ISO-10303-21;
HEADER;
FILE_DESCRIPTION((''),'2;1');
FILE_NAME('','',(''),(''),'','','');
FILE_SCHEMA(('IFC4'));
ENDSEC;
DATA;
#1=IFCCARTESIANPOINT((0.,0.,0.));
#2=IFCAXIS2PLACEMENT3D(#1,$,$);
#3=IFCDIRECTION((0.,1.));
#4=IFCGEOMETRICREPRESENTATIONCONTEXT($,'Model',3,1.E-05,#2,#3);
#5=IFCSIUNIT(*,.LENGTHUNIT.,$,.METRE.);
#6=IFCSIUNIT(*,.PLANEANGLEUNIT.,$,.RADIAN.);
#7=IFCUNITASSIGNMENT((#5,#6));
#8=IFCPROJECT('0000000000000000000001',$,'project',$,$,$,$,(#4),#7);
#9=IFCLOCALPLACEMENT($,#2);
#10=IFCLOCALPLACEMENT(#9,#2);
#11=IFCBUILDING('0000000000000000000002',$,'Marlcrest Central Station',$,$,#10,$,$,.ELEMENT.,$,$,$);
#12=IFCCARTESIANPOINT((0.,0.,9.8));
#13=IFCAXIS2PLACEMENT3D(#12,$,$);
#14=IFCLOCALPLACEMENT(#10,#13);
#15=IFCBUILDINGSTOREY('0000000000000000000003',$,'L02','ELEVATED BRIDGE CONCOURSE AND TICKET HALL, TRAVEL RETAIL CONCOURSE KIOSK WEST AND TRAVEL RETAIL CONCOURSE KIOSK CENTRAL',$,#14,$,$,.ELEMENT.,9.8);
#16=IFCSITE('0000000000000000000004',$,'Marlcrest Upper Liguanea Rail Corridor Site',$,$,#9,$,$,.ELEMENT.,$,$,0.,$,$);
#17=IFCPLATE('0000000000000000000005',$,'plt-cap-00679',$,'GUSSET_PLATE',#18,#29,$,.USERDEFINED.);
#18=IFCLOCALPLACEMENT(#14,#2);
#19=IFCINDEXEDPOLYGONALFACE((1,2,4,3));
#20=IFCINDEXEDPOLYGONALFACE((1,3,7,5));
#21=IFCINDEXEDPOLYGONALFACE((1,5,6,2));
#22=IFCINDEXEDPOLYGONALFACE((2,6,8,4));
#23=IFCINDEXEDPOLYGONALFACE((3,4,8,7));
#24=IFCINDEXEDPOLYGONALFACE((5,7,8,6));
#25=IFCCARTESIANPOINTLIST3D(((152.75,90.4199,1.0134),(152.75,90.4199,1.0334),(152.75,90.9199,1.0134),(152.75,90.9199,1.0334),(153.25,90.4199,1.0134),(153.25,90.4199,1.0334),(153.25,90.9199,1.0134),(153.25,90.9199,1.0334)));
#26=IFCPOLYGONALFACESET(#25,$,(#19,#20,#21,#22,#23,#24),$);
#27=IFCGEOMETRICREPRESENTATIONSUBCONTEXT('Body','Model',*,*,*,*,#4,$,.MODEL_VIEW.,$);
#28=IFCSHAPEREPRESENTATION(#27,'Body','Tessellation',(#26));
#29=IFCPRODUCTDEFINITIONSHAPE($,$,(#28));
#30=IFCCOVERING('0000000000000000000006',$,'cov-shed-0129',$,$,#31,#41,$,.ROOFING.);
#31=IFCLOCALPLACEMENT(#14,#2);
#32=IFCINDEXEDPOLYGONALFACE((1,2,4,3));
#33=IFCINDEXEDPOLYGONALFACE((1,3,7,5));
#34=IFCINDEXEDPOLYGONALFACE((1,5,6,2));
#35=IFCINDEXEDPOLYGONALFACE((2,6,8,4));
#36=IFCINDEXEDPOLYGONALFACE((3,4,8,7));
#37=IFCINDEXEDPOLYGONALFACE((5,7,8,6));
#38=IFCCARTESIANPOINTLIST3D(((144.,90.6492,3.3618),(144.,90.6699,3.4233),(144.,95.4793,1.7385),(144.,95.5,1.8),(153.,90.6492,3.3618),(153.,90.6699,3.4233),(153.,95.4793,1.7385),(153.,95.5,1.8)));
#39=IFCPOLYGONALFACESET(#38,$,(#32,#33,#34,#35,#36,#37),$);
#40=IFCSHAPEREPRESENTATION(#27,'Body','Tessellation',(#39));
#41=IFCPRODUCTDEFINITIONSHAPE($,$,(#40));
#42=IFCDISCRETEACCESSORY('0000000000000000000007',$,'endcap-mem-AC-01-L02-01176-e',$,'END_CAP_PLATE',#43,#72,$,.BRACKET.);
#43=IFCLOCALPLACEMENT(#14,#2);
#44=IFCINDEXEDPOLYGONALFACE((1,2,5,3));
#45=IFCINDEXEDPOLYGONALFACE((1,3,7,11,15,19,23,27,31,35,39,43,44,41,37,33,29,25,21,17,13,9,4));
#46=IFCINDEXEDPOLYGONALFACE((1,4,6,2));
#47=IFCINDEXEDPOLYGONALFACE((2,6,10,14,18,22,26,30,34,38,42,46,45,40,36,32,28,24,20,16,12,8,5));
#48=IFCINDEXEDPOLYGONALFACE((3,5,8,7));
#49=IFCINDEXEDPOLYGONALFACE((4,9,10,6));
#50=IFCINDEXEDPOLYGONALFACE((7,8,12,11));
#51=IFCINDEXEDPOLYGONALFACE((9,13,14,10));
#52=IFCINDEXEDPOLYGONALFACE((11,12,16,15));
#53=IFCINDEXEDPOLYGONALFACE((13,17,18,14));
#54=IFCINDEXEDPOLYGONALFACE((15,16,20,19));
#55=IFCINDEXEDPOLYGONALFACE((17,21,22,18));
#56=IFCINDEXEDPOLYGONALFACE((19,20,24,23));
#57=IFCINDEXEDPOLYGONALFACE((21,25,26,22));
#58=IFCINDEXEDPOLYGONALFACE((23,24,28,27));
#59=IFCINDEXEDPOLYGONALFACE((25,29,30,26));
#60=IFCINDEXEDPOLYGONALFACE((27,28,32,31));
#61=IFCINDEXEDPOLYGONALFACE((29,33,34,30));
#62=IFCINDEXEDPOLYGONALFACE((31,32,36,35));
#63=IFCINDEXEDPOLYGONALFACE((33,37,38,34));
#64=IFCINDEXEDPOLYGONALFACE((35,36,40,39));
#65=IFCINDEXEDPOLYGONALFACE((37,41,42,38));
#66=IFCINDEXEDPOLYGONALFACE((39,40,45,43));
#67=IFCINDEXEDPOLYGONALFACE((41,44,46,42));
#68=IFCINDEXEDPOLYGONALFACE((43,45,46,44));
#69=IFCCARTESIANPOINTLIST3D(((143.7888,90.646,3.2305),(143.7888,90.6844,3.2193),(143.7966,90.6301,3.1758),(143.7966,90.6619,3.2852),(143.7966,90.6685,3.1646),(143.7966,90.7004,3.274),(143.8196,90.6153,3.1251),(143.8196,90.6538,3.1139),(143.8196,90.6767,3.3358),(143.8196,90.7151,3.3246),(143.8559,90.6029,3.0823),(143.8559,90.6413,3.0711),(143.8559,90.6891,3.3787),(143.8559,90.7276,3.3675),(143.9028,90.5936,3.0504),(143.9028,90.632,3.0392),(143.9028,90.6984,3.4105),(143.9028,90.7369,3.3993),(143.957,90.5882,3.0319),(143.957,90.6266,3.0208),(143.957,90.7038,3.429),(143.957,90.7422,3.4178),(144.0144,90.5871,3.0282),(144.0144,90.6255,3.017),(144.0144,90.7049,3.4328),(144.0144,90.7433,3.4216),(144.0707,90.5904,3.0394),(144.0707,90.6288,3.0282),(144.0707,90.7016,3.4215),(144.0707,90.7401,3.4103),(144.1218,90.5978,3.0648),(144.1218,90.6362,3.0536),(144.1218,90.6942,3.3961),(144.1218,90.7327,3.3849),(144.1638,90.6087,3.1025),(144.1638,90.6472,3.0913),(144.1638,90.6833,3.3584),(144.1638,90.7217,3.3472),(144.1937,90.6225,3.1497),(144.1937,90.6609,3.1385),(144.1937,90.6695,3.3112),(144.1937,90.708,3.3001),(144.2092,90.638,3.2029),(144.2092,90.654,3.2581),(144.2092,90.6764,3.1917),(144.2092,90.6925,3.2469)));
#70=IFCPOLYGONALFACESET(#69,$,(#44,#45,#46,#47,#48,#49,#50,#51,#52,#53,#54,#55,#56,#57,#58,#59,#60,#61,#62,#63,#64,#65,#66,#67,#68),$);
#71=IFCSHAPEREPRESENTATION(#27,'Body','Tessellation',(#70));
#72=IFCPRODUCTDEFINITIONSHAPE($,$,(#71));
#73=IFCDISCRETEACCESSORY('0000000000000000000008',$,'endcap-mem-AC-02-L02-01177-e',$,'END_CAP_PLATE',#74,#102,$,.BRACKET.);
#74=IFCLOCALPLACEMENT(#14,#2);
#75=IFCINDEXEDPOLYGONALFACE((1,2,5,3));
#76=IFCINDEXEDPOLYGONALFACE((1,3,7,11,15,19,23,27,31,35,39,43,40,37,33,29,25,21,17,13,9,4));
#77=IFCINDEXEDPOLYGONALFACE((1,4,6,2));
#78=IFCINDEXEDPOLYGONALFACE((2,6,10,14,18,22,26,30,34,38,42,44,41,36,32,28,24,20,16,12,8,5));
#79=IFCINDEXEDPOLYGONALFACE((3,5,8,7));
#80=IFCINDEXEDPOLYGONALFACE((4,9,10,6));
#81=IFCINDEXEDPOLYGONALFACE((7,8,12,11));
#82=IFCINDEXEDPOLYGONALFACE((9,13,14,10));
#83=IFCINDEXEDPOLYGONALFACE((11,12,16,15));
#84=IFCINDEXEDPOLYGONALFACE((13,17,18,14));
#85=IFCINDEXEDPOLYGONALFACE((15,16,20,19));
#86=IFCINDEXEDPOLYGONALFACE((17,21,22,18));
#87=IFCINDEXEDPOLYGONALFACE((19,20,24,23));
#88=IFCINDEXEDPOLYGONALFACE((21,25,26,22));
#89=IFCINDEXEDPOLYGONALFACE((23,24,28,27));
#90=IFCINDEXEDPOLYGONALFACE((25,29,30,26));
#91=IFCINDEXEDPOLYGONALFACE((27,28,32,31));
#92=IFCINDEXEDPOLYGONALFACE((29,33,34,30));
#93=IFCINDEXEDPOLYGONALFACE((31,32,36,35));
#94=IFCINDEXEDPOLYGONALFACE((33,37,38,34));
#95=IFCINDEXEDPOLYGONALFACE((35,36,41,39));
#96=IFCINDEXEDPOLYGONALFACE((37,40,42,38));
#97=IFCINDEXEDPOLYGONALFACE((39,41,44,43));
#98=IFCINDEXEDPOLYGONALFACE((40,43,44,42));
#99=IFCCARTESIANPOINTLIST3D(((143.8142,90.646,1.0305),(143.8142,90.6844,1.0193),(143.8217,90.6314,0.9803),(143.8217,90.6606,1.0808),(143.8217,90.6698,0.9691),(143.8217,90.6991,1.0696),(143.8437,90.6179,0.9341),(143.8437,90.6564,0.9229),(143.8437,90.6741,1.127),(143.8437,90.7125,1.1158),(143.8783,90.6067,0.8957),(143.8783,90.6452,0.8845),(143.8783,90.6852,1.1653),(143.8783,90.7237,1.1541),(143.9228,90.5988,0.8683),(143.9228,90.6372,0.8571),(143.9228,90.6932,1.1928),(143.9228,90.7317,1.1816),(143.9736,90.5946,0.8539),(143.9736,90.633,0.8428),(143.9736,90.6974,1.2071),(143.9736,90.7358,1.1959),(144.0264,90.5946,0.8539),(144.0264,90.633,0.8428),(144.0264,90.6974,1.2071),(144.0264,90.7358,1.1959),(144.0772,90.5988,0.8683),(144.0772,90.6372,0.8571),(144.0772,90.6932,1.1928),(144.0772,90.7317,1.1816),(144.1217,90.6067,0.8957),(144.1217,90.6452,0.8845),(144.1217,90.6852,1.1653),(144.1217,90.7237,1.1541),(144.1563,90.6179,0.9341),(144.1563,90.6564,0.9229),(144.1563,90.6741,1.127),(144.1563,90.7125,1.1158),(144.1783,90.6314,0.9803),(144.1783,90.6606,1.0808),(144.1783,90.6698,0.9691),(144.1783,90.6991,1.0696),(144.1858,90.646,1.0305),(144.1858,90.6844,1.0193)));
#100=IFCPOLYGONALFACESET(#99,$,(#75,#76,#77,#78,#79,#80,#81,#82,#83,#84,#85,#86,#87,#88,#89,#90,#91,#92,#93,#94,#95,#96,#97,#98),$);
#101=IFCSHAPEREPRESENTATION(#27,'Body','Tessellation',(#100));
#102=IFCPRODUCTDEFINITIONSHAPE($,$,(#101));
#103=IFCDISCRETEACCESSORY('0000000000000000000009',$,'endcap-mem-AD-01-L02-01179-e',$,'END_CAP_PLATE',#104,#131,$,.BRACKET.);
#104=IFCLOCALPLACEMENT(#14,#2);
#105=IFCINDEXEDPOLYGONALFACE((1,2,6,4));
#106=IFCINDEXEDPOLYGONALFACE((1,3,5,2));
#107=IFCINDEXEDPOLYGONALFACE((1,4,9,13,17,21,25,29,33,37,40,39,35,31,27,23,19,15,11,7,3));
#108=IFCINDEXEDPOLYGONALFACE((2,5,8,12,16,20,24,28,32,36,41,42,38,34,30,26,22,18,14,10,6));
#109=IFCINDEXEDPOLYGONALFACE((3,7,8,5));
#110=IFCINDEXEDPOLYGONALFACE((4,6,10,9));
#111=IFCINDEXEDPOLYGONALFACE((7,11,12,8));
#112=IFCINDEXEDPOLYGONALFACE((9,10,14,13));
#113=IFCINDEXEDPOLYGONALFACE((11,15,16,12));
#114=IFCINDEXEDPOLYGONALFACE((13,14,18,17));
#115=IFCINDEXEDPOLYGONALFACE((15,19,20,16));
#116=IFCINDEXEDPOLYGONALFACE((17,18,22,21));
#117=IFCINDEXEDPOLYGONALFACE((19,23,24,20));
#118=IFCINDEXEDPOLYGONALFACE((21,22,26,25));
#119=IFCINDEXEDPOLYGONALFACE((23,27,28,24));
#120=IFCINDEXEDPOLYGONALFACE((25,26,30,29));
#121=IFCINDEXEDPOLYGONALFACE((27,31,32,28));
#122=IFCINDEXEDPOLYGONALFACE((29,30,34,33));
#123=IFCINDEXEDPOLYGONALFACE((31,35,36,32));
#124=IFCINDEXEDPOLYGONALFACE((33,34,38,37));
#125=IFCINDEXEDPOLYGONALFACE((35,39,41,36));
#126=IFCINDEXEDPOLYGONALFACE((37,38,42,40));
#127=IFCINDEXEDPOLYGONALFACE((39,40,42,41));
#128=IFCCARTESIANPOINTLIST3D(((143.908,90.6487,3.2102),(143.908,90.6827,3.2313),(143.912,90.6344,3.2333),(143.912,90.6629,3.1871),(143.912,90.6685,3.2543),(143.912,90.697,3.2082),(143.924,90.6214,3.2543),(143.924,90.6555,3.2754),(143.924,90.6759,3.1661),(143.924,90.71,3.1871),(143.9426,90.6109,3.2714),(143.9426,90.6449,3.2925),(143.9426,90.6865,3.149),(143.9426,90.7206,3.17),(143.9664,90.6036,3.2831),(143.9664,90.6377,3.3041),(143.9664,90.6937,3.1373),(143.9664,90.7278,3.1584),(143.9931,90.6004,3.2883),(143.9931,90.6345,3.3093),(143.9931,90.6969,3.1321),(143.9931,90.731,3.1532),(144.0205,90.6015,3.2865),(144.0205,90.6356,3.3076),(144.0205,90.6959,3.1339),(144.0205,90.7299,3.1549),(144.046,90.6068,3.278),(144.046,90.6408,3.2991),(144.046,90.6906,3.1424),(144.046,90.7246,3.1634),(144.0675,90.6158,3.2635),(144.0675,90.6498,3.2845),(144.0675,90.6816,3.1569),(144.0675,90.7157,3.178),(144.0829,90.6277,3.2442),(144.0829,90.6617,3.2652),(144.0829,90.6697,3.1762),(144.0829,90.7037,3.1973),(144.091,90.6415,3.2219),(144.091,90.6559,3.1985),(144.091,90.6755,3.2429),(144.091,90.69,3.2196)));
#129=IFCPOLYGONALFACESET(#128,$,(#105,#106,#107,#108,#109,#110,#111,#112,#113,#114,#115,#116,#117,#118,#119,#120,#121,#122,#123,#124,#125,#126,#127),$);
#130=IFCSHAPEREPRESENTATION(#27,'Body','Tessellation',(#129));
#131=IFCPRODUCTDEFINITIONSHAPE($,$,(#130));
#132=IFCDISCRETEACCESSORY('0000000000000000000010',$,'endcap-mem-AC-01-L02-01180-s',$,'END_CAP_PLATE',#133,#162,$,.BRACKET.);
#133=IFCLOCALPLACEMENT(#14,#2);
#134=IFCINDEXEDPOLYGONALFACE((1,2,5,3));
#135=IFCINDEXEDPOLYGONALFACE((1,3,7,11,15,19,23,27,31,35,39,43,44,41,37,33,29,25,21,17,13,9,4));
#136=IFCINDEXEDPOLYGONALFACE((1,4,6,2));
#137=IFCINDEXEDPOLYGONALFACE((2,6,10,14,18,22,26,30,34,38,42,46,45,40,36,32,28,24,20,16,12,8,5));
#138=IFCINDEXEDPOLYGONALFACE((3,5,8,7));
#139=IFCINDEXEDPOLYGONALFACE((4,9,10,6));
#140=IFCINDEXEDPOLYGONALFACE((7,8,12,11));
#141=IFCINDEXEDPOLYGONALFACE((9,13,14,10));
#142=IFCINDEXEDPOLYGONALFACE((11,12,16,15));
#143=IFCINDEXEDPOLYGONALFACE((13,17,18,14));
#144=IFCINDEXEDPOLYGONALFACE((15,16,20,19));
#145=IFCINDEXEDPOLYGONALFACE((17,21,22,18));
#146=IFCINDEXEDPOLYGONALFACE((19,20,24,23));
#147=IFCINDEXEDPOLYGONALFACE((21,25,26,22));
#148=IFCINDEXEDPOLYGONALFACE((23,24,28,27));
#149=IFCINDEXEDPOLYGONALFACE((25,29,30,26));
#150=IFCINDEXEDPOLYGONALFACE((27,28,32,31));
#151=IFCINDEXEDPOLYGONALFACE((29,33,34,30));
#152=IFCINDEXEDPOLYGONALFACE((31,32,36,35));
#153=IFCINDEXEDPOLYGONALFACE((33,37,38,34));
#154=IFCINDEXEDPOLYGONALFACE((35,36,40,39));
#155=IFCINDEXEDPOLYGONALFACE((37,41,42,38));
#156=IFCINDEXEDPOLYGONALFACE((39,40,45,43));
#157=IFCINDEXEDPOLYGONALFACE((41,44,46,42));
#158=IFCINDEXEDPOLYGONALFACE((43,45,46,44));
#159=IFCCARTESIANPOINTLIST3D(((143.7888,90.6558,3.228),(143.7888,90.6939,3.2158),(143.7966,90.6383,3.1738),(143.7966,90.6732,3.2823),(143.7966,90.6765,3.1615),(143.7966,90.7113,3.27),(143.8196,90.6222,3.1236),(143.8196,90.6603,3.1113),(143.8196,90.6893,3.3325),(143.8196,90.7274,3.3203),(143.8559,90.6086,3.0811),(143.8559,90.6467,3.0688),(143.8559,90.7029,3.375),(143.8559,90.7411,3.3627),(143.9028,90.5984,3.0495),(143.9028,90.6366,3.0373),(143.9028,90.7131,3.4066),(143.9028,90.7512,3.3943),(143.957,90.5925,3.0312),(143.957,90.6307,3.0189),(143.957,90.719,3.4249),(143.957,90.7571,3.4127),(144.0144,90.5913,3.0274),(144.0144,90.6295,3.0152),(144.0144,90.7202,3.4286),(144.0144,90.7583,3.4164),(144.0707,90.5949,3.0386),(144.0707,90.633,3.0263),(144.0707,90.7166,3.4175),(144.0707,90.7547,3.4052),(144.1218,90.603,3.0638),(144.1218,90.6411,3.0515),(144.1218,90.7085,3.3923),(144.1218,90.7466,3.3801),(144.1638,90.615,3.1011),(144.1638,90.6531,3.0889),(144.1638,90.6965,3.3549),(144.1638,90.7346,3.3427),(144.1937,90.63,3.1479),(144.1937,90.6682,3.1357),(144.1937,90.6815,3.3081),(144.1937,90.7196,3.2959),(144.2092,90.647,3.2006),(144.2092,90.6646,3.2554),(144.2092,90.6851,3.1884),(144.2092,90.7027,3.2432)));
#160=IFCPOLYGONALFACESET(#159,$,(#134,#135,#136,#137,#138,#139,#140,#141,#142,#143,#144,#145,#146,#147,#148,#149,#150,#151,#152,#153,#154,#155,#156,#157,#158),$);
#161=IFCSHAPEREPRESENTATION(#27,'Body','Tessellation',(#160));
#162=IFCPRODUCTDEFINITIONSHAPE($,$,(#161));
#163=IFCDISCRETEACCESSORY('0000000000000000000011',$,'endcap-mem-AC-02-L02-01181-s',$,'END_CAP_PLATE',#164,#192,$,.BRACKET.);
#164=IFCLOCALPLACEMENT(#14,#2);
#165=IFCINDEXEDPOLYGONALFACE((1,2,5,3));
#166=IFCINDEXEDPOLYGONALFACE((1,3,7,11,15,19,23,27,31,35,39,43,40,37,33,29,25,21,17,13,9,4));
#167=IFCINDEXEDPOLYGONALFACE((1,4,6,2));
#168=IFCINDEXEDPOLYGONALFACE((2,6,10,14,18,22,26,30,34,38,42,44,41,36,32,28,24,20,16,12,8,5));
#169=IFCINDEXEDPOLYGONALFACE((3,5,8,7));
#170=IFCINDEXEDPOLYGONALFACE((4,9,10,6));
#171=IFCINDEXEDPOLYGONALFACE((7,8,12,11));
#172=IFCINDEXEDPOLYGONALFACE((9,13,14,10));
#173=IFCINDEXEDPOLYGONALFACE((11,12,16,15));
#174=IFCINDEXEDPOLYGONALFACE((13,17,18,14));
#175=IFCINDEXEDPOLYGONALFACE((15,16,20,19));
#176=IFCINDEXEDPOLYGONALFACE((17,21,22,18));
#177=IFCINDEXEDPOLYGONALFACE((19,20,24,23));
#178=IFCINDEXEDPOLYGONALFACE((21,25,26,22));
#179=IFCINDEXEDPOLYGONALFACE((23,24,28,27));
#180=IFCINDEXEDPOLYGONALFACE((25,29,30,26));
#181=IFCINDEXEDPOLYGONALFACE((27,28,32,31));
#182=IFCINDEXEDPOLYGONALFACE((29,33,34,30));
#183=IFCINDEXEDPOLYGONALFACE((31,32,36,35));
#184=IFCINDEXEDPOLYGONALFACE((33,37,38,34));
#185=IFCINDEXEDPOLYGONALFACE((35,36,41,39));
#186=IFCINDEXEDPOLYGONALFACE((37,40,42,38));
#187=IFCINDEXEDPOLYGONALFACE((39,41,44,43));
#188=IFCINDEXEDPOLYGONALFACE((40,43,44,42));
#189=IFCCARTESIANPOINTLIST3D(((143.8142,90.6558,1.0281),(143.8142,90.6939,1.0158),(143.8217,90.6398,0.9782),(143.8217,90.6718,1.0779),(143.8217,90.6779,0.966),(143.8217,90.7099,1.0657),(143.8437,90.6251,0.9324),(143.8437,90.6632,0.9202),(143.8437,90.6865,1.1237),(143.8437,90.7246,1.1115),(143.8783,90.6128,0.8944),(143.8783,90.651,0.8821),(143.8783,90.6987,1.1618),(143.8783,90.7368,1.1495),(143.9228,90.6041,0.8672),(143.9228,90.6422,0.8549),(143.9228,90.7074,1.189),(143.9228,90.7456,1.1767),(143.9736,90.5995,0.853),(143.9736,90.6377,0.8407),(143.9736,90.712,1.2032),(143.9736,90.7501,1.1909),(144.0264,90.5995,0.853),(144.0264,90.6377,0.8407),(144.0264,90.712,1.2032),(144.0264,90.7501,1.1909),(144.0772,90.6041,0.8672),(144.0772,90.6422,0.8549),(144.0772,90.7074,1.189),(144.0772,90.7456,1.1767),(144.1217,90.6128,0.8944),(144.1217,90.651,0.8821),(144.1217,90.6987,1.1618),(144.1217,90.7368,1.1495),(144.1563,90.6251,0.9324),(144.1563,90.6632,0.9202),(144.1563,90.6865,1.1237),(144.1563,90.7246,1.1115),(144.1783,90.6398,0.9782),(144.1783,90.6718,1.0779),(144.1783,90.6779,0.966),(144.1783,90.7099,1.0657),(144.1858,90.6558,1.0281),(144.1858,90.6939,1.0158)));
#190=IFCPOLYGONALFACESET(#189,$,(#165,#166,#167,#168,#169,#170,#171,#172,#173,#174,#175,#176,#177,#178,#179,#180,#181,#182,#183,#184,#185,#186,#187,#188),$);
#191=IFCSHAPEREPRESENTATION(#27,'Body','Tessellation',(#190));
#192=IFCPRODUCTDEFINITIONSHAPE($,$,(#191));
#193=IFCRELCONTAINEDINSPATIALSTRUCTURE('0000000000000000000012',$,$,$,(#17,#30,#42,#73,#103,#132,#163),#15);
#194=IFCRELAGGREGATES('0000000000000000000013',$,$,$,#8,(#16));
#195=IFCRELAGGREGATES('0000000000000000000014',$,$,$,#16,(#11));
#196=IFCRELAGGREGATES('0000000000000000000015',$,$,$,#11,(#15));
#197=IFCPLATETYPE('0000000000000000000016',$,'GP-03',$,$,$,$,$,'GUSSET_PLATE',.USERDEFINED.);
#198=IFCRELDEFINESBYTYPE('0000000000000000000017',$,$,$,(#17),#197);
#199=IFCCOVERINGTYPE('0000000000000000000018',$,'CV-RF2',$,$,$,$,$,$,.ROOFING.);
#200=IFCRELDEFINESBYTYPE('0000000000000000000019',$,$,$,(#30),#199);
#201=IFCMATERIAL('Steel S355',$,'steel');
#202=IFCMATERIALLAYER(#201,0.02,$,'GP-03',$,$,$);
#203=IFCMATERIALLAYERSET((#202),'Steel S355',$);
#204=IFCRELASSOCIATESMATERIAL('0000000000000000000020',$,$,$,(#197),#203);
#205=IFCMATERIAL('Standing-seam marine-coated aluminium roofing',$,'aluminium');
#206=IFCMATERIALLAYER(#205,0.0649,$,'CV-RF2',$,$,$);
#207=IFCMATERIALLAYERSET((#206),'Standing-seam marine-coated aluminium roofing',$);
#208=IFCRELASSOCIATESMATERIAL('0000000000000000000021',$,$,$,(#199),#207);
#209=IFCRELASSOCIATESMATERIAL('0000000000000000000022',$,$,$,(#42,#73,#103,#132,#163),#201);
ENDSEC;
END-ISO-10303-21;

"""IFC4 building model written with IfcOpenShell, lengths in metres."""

from ifc_helpers import new_model, si_unit, direction, frame, origin, origin_2d, place, context, subcontext, project, spatial, polyline, rectangle, circle, outline, extrude, material, layer, layer_set, type_object, element, save


model = new_model("IFC4")

# Units and contexts
model_context = context("Model", 3, precision=1e-05, world=origin(), true_north=direction((0.0, 1.0)))
body_context = subcontext(model_context, "Body", "Model", "MODEL_VIEW")
ifc_project = project(units=[si_unit("LENGTHUNIT", "METRE"), si_unit("PLANEANGLEUNIT", "RADIAN")], contexts=[model_context])

# Site, building, storey
site_placement = place(None, origin())
site = spatial("IfcSite", under=ifc_project, at=site_placement, Name="Marlcrest Upper Liguanea Rail Corridor Site", CompositionType="ELEMENT", RefElevation=0.0)
building_placement = place(site_placement, origin())
building = spatial("IfcBuilding", under=site, at=building_placement, Name="Marlcrest Central Station", CompositionType="ELEMENT")
storey_placement = place(building_placement, frame((0.0, 0.0, 9.8)))
storey = spatial("IfcBuildingStorey", under=building, at=storey_placement, Name="L02", Description="ELEVATED BRIDGE CONCOURSE AND TICKET HALL, TRAVEL RETAIL CONCOURSE KIOSK WEST AND TRAVEL RETAIL CONCOURSE KIOSK CENTRAL", CompositionType="ELEMENT", Elevation=9.8)

# Shared definitions
ifc_material_1 = material(Name="Steel S355", Category="steel")

# Plate
ifc_layer_1 = layer(ifc_material_1, 0.02, Name="GP-03")
ifc_layer_set_1 = layer_set([ifc_layer_1], Name="Steel S355")
plate_type = type_object("IfcPlateType", Name="GP-03", ElementType="GUSSET_PLATE", PredefinedType="USERDEFINED", material=ifc_layer_set_1)
for number, where, z_axis, x_axis, name in (
    (1, (153.0, 90.6699, 1.0134), (0.0, 0.0, 1.0), (1.0, 0.0, 0.0), "plt-cap-00679"),
):
    element("IfcPlate", number, at=place(storey_placement, frame(where, z_axis=z_axis, x_axis=x_axis)), inside=storey, type_object=plate_type, Name=name, ObjectType="GUSSET_PLATE", PredefinedType="USERDEFINED", context=body_context, shape_type="SweptSolid", body=[
        extrude(rectangle(XDim=0.5, YDim=0.5, at=origin_2d()), origin(), (0.0, 0.0, 1.0), 0.02),
    ])

# Covering
ifc_material_2 = material(Name="Standing-seam marine-coated aluminium roofing", Category="aluminium")
ifc_layer_2 = layer(ifc_material_2, 0.0649, Name="CV-RF2")
ifc_layer_set_2 = layer_set([ifc_layer_2], Name="Standing-seam marine-coated aluminium roofing")
covering_type = type_object("IfcCoveringType", Name="CV-RF2", PredefinedType="ROOFING", material=ifc_layer_set_2)
covering_placement = place(storey_placement, frame((144.0, 90.6699, 3.4233), z_axis=(0.0, 0.31857, 0.947899), x_axis=(1.0, 0.0, 0.0)))
element("IfcCovering", 2, at=covering_placement, inside=storey, type_object=covering_type, Name="cov-shed-0129", PredefinedType="ROOFING", context=body_context, shape_type="SweptSolid", body=[
    extrude(outline(polyline([(0.0, 0.0), (9.0, 0.0), (9.0, 5.0956), (0.0, 5.0956), (0.0, 0.0)])), origin(), (0.0, 0.0, -1.0), 0.0649),
])

# Discrete accessories
discrete_accessory_1_placement = place(storey_placement, frame((144.0, 90.646, 3.2305), z_axis=(0.0, 0.96013, -0.279554), x_axis=(-1.0, 0.0, 0.0)))
element("IfcDiscreteAccessory", 3, at=discrete_accessory_1_placement, inside=storey, material=ifc_material_1, Name="endcap-mem-AC-01-L02-01176-e", ObjectType="END_CAP_PLATE", PredefinedType="BRACKET", context=body_context, shape_type="SweptSolid", body=[
    extrude(circle(Radius=0.2112, at=origin_2d()), origin(), (0.0, 0.0, 1.0), 0.04),
])
discrete_accessory_2_placement = place(storey_placement, frame((144.0, 90.646, 1.0305), z_axis=(0.0, 0.96013, -0.279554), x_axis=(-1.0, 0.0, 0.0)))
element("IfcDiscreteAccessory", 4, at=discrete_accessory_2_placement, inside=storey, material=ifc_material_1, Name="endcap-mem-AC-02-L02-01177-e", ObjectType="END_CAP_PLATE", PredefinedType="BRACKET", context=body_context, shape_type="SweptSolid", body=[
    extrude(circle(Radius=0.1858, at=origin_2d()), origin(), (0.0, 0.0, 1.0), 0.04),
])
discrete_accessory_3_placement = place(storey_placement, frame((144.0, 90.6487, 3.2102), z_axis=(0.0, 0.850687, 0.525672), x_axis=(-1.0, 0.0, 0.0)))
element("IfcDiscreteAccessory", 5, at=discrete_accessory_3_placement, inside=storey, material=ifc_material_1, Name="endcap-mem-AD-01-L02-01179-e", ObjectType="END_CAP_PLATE", PredefinedType="BRACKET", context=body_context, shape_type="SweptSolid", body=[
    extrude(circle(Radius=0.092, at=origin_2d()), origin(), (0.0, 0.0, 1.0), 0.04),
])
discrete_accessory_4_placement = place(storey_placement, frame((144.0, 90.6558, 3.228), z_axis=(0.0, 0.952117, -0.305734), x_axis=(-1.0, 0.0, 0.0)))
element("IfcDiscreteAccessory", 6, at=discrete_accessory_4_placement, inside=storey, material=ifc_material_1, Name="endcap-mem-AC-01-L02-01180-s", ObjectType="END_CAP_PLATE", PredefinedType="BRACKET", context=body_context, shape_type="SweptSolid", body=[
    extrude(circle(Radius=0.2112, at=origin_2d()), origin(), (0.0, 0.0, 1.0), 0.04),
])
discrete_accessory_5_placement = place(storey_placement, frame((144.0, 90.6558, 1.0281), z_axis=(0.0, 0.952117, -0.305734), x_axis=(-1.0, 0.0, 0.0)))
element("IfcDiscreteAccessory", 7, at=discrete_accessory_5_placement, inside=storey, material=ifc_material_1, Name="endcap-mem-AC-02-L02-01181-s", ObjectType="END_CAP_PLATE", PredefinedType="BRACKET", context=body_context, shape_type="SweptSolid", body=[
    extrude(circle(Radius=0.1858, at=origin_2d()), origin(), (0.0, 0.0, 1.0), 0.04),
])

save(model, "model.ifc")
